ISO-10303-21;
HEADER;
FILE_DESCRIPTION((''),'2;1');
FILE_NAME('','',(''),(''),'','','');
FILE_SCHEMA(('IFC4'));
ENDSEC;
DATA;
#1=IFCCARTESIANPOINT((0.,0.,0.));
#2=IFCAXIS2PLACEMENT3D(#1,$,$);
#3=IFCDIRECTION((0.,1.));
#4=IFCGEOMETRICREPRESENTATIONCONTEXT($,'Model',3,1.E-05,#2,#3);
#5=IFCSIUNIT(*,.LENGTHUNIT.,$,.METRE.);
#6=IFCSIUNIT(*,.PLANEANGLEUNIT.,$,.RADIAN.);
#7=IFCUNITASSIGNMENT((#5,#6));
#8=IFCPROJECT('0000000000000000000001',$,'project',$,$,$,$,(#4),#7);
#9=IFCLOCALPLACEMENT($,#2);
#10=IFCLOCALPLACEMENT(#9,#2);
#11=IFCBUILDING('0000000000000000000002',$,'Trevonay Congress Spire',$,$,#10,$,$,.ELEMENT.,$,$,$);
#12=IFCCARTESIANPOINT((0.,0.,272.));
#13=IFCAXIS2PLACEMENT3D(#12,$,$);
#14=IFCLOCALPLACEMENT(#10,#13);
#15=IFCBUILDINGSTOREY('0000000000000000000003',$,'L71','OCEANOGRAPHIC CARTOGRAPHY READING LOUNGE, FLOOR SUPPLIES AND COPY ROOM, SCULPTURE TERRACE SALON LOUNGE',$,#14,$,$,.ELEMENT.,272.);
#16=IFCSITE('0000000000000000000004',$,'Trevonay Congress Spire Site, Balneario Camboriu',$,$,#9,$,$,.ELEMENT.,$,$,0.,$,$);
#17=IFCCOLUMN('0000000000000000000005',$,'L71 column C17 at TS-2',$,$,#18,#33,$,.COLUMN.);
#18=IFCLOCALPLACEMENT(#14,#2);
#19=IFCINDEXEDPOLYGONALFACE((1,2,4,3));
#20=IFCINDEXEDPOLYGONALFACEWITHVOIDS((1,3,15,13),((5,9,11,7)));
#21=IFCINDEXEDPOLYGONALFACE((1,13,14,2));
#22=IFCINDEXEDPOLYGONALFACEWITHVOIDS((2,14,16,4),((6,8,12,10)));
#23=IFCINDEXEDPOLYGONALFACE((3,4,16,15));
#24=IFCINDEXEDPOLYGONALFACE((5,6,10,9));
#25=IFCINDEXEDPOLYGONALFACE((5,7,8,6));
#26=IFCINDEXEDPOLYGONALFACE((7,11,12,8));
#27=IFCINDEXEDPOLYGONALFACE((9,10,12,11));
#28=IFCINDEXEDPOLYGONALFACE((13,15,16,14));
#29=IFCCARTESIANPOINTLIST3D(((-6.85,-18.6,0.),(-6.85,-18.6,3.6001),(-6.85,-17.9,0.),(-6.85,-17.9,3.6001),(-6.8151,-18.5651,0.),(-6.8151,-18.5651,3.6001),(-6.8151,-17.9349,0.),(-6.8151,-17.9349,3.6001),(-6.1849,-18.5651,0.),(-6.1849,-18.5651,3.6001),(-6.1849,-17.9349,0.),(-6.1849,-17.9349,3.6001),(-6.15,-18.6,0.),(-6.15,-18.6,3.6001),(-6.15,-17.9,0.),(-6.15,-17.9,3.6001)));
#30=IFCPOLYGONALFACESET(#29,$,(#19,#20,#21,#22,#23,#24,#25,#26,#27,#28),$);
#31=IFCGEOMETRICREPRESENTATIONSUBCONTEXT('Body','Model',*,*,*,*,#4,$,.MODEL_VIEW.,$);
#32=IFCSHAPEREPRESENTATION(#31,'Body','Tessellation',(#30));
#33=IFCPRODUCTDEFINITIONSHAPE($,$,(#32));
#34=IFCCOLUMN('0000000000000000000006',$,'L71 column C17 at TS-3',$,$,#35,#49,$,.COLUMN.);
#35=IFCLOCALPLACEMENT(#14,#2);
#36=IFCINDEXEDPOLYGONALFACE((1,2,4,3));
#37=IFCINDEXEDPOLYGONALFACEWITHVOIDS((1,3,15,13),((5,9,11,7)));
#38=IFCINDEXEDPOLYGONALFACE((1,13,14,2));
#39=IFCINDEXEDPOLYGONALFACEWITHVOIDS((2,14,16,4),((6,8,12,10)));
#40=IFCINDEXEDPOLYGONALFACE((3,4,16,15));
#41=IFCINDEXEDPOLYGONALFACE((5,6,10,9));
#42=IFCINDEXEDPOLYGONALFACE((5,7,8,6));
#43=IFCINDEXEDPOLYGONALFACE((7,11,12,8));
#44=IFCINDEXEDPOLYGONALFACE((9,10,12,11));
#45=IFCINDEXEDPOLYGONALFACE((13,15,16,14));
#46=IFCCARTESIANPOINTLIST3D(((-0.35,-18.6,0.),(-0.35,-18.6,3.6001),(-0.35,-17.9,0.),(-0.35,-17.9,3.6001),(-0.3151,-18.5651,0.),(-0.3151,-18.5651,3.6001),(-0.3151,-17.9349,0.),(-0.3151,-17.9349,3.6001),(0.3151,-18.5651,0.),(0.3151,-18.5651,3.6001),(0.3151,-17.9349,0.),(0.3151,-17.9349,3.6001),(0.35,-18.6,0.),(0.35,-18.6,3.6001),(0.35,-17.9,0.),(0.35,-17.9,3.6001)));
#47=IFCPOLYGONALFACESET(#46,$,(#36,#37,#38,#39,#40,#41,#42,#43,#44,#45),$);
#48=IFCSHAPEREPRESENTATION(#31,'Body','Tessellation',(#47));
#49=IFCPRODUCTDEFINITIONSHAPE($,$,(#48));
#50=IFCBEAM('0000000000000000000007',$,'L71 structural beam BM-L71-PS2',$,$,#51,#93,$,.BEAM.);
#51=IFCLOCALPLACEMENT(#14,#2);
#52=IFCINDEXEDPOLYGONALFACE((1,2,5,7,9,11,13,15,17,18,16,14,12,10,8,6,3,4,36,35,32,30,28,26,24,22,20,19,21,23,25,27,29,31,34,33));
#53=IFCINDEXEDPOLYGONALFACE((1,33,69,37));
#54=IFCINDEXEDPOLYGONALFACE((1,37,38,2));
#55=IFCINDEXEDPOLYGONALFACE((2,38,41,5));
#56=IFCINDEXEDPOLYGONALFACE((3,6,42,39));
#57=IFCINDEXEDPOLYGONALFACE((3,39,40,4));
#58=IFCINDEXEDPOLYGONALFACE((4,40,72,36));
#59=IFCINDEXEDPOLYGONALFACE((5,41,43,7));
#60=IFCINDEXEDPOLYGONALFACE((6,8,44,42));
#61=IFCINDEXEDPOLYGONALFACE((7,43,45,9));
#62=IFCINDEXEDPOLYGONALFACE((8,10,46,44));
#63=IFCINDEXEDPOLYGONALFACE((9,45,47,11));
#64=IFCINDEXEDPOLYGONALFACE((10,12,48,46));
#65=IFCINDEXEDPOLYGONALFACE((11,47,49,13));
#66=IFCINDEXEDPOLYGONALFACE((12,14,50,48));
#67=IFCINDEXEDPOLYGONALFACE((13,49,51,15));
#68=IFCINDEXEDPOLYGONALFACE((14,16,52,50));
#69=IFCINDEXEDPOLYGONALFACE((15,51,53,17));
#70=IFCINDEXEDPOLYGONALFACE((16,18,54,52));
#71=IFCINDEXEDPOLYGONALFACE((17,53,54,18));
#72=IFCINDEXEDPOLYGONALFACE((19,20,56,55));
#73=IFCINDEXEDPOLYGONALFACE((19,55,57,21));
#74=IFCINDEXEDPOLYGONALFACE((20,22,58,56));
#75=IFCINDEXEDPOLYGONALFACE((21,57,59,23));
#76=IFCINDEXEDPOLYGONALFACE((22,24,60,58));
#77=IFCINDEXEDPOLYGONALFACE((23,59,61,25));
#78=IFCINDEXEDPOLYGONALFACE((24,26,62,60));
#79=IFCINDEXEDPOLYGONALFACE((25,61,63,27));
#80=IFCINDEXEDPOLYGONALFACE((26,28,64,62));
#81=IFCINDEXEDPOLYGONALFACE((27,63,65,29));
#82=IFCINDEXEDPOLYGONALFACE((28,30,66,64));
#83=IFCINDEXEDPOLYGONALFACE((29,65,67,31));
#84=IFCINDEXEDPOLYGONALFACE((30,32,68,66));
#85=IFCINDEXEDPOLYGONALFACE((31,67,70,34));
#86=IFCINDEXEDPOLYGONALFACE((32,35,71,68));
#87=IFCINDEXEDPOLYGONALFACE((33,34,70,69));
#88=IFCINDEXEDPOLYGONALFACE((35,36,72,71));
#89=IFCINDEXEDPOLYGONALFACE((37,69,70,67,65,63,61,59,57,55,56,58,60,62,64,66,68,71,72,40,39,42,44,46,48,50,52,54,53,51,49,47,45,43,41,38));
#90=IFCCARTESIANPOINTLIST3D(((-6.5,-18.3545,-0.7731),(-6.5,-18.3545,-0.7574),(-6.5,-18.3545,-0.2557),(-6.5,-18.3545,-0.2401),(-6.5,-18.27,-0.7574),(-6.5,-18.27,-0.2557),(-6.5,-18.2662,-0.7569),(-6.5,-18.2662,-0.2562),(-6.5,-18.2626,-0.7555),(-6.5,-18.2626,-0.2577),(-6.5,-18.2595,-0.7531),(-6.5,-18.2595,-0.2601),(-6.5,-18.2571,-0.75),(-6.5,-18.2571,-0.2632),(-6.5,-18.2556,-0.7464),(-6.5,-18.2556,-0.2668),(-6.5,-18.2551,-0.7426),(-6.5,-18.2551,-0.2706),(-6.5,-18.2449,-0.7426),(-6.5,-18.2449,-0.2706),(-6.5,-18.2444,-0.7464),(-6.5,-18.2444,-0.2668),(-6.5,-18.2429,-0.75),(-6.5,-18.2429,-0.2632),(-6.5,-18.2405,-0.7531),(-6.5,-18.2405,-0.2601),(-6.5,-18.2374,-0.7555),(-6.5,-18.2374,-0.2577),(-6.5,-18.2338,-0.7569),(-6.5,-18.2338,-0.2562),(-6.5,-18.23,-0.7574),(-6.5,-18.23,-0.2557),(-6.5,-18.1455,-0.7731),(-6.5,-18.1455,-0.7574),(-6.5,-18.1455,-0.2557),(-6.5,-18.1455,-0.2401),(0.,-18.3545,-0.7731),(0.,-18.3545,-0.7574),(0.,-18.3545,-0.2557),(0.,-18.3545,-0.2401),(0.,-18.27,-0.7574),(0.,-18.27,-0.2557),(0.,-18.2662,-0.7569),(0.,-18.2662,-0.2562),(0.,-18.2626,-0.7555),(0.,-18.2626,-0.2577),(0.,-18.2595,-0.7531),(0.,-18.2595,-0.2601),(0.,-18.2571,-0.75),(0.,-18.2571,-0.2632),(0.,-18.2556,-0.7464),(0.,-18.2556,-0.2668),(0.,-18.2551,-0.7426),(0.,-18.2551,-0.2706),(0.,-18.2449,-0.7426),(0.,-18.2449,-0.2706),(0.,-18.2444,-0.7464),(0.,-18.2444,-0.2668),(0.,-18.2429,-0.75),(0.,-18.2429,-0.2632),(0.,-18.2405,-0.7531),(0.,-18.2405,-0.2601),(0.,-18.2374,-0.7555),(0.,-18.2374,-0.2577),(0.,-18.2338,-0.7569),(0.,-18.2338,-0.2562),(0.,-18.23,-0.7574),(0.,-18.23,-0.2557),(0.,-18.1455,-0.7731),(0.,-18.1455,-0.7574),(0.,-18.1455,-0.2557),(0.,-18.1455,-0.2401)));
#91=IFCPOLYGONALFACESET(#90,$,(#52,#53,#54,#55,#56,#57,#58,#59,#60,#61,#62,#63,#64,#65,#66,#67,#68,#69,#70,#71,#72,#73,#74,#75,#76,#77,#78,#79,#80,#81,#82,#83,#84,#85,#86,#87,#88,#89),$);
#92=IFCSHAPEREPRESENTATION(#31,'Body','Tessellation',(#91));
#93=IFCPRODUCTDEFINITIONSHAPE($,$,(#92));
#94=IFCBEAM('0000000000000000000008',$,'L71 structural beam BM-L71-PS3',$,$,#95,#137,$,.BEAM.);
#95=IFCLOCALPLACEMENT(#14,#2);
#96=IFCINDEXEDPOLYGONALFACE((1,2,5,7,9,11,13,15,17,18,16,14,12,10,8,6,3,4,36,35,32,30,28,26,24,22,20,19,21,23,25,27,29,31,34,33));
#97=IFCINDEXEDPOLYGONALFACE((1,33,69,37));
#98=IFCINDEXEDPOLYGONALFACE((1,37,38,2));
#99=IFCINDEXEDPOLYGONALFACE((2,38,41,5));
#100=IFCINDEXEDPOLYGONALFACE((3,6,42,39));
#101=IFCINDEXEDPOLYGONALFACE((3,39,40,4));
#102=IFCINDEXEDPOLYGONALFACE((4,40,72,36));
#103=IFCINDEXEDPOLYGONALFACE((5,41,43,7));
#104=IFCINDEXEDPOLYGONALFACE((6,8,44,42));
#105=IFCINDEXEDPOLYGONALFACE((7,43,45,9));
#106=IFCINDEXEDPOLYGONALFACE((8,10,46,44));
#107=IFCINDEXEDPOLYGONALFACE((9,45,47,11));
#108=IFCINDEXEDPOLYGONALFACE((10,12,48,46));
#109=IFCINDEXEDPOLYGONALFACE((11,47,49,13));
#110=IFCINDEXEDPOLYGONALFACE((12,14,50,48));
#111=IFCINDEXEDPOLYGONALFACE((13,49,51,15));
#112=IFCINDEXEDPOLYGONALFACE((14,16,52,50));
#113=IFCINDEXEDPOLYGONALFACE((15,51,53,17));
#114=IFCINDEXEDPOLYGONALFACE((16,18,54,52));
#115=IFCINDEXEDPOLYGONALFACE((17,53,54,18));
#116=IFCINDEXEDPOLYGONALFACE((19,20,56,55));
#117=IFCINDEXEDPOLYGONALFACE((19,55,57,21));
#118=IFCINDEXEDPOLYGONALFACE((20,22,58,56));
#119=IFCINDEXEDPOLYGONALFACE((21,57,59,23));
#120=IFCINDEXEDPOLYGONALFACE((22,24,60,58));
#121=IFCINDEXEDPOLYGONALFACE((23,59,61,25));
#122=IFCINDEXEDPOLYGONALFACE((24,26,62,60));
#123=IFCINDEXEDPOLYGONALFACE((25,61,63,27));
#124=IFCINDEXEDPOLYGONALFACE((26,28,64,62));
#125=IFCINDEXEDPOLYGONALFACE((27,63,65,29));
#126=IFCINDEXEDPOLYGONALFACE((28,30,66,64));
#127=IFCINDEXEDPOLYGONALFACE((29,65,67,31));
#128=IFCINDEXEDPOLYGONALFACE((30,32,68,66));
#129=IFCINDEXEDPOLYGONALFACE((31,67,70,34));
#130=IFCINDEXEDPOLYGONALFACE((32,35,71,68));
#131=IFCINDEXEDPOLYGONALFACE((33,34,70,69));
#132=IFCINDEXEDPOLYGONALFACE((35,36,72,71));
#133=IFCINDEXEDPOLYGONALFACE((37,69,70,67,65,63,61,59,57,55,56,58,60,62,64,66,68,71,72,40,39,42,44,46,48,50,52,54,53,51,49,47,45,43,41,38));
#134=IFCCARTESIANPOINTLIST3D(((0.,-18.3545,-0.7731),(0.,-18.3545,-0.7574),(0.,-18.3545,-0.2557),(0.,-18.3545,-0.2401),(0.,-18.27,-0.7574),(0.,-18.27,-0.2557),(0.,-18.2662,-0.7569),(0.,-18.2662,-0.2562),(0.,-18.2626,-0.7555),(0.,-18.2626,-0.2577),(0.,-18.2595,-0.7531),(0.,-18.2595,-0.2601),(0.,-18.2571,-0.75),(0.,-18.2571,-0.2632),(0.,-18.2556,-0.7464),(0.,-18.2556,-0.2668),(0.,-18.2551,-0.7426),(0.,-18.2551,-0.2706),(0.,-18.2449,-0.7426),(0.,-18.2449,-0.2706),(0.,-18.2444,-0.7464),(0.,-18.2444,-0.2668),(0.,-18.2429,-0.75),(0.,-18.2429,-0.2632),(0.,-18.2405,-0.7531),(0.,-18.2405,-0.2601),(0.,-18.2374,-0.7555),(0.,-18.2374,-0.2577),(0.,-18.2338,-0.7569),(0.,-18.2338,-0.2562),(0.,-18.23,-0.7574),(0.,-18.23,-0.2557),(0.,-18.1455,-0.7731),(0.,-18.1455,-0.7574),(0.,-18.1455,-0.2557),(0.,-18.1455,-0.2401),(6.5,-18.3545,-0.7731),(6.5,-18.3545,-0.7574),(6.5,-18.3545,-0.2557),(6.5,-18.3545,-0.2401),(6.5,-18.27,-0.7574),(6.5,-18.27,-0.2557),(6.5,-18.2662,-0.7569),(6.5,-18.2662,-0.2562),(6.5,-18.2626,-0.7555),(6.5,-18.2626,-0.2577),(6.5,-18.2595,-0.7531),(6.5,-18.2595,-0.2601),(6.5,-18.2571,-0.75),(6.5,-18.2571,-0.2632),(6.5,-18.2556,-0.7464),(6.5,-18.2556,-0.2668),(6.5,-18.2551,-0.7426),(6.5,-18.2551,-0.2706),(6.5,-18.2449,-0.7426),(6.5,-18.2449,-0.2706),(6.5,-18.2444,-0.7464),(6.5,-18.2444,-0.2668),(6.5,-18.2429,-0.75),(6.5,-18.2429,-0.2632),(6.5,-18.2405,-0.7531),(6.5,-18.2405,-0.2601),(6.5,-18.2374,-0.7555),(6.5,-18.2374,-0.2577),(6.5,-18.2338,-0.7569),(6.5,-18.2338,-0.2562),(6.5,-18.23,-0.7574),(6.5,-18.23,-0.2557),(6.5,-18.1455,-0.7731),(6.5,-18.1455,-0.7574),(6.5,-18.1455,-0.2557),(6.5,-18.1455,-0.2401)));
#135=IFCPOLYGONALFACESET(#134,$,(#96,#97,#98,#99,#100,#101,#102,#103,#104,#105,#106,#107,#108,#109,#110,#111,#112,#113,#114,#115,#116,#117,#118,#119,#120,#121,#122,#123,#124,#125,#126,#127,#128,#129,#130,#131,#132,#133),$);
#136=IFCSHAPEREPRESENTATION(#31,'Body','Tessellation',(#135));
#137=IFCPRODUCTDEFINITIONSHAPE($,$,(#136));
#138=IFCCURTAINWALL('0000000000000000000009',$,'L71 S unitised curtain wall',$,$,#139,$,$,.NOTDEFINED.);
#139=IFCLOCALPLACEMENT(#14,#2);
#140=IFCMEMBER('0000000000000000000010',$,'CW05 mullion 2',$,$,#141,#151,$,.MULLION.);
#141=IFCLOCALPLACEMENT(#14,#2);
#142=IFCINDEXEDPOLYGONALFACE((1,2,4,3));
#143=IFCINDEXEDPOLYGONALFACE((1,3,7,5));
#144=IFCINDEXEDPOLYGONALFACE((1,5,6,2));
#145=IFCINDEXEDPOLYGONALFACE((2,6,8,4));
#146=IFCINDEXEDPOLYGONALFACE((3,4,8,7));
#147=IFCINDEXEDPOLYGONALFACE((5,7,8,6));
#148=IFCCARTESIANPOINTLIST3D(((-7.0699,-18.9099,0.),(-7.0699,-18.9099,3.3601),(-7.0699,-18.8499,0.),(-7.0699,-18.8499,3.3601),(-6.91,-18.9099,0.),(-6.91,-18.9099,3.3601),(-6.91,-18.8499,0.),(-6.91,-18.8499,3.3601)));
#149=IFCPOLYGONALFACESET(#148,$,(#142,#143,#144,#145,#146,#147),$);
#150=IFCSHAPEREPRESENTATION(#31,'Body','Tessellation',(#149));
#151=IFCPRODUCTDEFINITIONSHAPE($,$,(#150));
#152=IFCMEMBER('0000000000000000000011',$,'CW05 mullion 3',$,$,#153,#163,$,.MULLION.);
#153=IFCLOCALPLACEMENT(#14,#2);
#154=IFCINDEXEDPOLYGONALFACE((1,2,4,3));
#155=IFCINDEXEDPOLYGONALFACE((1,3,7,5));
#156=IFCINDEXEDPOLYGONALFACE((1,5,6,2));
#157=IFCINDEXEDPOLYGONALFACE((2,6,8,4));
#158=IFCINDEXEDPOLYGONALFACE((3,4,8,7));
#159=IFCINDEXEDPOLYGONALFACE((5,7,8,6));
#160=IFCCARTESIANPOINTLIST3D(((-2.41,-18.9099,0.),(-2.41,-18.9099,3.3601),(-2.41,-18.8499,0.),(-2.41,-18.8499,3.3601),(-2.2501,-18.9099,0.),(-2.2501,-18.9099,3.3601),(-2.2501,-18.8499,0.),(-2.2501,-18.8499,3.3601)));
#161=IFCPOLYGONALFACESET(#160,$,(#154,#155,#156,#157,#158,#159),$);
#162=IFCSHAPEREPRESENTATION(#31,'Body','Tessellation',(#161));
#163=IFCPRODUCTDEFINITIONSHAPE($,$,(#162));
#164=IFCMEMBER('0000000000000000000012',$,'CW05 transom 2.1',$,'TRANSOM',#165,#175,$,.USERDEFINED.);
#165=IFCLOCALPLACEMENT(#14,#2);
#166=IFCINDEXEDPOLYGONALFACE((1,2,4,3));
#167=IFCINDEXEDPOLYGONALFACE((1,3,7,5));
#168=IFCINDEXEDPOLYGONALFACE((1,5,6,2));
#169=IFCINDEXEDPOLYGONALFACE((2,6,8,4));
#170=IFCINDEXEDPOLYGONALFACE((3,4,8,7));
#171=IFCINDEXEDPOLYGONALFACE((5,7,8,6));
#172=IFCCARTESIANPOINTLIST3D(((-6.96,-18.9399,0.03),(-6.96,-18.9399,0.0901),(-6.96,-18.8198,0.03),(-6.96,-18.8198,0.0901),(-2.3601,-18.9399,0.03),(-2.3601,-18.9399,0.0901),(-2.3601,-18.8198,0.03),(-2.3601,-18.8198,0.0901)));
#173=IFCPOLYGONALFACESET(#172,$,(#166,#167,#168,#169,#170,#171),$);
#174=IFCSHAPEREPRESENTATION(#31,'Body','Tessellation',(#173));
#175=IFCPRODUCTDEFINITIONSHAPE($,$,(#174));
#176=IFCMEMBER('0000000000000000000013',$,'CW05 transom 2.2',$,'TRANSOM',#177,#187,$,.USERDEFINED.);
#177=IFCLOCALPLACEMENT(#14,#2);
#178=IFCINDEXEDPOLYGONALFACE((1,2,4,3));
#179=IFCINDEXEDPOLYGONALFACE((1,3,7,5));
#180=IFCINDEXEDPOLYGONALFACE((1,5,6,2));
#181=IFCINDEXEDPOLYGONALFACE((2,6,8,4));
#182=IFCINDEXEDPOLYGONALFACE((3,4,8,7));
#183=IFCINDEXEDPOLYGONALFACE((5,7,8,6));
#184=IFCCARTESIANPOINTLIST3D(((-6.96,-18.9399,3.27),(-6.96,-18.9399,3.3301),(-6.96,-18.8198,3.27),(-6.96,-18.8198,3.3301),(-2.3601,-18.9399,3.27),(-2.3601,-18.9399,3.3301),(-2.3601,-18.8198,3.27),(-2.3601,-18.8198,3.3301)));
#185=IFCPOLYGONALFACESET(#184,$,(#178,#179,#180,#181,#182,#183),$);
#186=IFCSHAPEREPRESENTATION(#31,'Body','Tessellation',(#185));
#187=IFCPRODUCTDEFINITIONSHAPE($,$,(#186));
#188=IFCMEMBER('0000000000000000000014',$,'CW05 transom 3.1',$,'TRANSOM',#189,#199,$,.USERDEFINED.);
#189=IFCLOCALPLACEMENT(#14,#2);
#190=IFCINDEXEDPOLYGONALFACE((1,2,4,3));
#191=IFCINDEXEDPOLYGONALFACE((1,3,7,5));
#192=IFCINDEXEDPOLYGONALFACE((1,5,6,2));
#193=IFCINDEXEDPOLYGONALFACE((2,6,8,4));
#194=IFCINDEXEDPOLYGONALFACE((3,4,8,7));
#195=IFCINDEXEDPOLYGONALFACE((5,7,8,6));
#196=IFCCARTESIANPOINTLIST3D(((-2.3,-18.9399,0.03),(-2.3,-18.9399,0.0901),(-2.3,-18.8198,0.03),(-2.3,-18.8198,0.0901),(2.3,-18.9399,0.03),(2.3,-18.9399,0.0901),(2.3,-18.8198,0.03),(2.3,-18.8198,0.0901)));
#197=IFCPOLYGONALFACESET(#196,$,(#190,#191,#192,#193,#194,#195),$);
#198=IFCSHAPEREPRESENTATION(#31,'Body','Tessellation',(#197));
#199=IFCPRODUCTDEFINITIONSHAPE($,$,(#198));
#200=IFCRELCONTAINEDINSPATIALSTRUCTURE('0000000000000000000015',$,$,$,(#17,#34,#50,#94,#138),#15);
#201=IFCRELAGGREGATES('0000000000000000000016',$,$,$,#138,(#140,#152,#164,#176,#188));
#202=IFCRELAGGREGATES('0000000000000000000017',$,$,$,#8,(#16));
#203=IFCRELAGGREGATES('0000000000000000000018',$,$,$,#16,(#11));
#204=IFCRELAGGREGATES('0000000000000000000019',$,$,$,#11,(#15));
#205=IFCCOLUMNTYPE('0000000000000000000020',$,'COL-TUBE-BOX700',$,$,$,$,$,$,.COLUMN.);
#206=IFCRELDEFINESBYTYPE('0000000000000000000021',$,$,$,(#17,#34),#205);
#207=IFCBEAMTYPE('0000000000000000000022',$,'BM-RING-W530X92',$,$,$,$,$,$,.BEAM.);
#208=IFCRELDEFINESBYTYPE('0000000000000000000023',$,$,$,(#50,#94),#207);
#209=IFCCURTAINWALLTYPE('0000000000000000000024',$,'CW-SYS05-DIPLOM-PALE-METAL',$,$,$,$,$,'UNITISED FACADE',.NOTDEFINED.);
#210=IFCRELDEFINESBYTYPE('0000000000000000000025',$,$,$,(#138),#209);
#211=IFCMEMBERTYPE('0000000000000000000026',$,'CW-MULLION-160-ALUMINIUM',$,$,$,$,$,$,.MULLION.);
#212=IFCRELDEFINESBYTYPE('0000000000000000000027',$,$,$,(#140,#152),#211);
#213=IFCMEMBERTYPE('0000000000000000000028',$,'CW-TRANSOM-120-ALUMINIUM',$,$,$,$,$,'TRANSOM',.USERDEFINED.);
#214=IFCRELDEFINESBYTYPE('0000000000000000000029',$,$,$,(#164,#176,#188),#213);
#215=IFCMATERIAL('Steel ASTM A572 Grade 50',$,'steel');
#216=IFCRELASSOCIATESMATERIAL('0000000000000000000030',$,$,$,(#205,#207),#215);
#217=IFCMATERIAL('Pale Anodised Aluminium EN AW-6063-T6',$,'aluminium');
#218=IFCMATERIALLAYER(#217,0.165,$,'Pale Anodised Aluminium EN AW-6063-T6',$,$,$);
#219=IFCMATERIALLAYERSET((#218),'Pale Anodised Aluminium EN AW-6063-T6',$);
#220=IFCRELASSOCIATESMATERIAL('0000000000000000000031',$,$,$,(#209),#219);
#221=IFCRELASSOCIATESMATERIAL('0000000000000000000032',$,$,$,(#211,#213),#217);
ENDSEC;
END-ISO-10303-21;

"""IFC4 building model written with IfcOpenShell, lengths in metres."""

from ifc_helpers import new_model, si_unit, direction, frame, origin, origin_2d, place, context, subcontext, project, spatial, rectangle, hollow_rectangle, i_section, extrude, material, layer, layer_set, material_profile, profile_set, type_object, element, aggregate, save


model = new_model("IFC4")

# Units and contexts
model_context = context("Model", 3, precision=1e-05, world=origin(), true_north=direction((0.0, 1.0)))
body_context = subcontext(model_context, "Body", "Model", "MODEL_VIEW")
ifc_project = project(units=[si_unit("LENGTHUNIT", "METRE"), si_unit("PLANEANGLEUNIT", "RADIAN")], contexts=[model_context])

# Site, building, storey
site_placement = place(None, origin())
site = spatial("IfcSite", under=ifc_project, at=site_placement, Name="Trevonay Congress Spire Site, Balneario Camboriu", CompositionType="ELEMENT", RefElevation=0.0)
building_placement = place(site_placement, origin())
building = spatial("IfcBuilding", under=site, at=building_placement, Name="Trevonay Congress Spire", CompositionType="ELEMENT")
storey_placement = place(building_placement, frame((0.0, 0.0, 272.0)))
storey = spatial("IfcBuildingStorey", under=building, at=storey_placement, Name="L71", Description="OCEANOGRAPHIC CARTOGRAPHY READING LOUNGE, FLOOR SUPPLIES AND COPY ROOM, SCULPTURE TERRACE SALON LOUNGE", CompositionType="ELEMENT", Elevation=272.0)

# Columns
ifc_material_1 = material(Name="Steel ASTM A572 Grade 50", Category="steel")
ifc_material_profile_1 = material_profile(ifc_material_1, hollow_rectangle(XDim=0.7, YDim=0.7, WallThickness=0.0349, at=origin_2d()), Name="BOX 700x700x35")
ifc_profile_set_1 = profile_set([ifc_material_profile_1], Name="Steel ASTM A572 Grade 50")
column_type = type_object("IfcColumnType", Name="COL-TUBE-BOX700", PredefinedType="COLUMN", material=ifc_profile_set_1)
for number, where, z_axis, x_axis, name in (
    (1, (-6.5, -18.25, 0.0), (0.0, 0.0, 1.0), (1.0, 0.0, 0.0), "L71 column C17 at TS-2"),
    (2, (0.0, -18.25, 0.0), (0.0, 0.0, 1.0), (1.0, 0.0, 0.0), "L71 column C17 at TS-3"),
):
    element("IfcColumn", number, at=place(storey_placement, frame(where, z_axis=z_axis, x_axis=x_axis)), inside=storey, type_object=column_type, Name=name, PredefinedType="COLUMN", context=body_context, shape_type="SweptSolid", body=[
        extrude(hollow_rectangle(XDim=0.7, YDim=0.7, WallThickness=0.0349, at=origin_2d()), origin(), (0.0, 0.0, 1.0), 3.6001),
    ])

# Beams
ifc_material_profile_2 = material_profile(ifc_material_1, i_section(OverallWidth=0.209, OverallDepth=0.533, WebThickness=0.0103, FlangeThickness=0.0156, FilletRadius=0.0149, at=origin_2d()), Name="W530x92")
ifc_profile_set_2 = profile_set([ifc_material_profile_2], Name="Steel ASTM A572 Grade 50")
beam_type_1 = type_object("IfcBeamType", Name="BM-RING-W530X92", PredefinedType="BEAM", material=ifc_profile_set_2)
for number, where, z_axis, x_axis, name in (
    (3, (-6.5, -18.25, -0.5066), (1.0, 0.0, 0.0), (0.0, 1.0, 0.0), "L71 structural beam BM-L71-PS2"),
    (4, (0.0, -18.25, -0.5066), (1.0, 0.0, 0.0), (0.0, 1.0, 0.0), "L71 structural beam BM-L71-PS3"),
):
    element("IfcBeam", number, at=place(storey_placement, frame(where, z_axis=z_axis, x_axis=x_axis)), inside=storey, type_object=beam_type_1, Name=name, PredefinedType="BEAM", context=body_context, shape_type="SweptSolid", body=[
        extrude(i_section(OverallWidth=0.209, OverallDepth=0.533, WebThickness=0.0103, FlangeThickness=0.0156, FilletRadius=0.0149, at=origin_2d()), origin(), (0.0, 0.0, 1.0), 6.5),
    ])

# Curtain wall, members
ifc_material_2 = material(Name="Pale Anodised Aluminium EN AW-6063-T6", Category="aluminium")
ifc_layer_1 = layer(ifc_material_2, 0.165, Name="Pale Anodised Aluminium EN AW-6063-T6")
ifc_layer_set_1 = layer_set([ifc_layer_1], Name="Pale Anodised Aluminium EN AW-6063-T6")
curtain_wall_type = type_object("IfcCurtainWallType", Name="CW-SYS05-DIPLOM-PALE-METAL", ElementType="UNITISED FACADE", PredefinedType="NOTDEFINED", material=ifc_layer_set_1)
curtain_wall_placement = place(storey_placement, origin())
curtain_wall = element("IfcCurtainWall", 5, at=curtain_wall_placement, inside=storey, type_object=curtain_wall_type, Name="L71 S unitised curtain wall", PredefinedType="NOTDEFINED")
ifc_material_profile_3 = material_profile(ifc_material_2, rectangle(XDim=0.0601, YDim=0.1599, at=origin_2d()), Name="CW-MULLION-160-ALUMINIUM")
ifc_profile_set_3 = profile_set([ifc_material_profile_3], Name="Pale Anodised Aluminium EN AW-6063-T6")
member_type_1 = type_object("IfcMemberType", Name="CW-MULLION-160-ALUMINIUM", PredefinedType="MULLION", material=ifc_profile_set_3)
member_1_placement = place(storey_placement, frame((-6.99, -18.8799, 0.0), z_axis=(0.0, 0.0, 1.0), x_axis=(0.0, 1.0, 0.0)))
member_1 = element("IfcMember", 6, at=member_1_placement, type_object=member_type_1, Name="CW05 mullion 2", PredefinedType="MULLION", context=body_context, shape_type="SweptSolid", body=[
    extrude(rectangle(XDim=0.0601, YDim=0.1599, at=origin_2d()), origin(), (0.0, 0.0, 1.0), 3.3601),
])
member_2_placement = place(storey_placement, frame((-2.3301, -18.8799, 0.0), z_axis=(0.0, 0.0, 1.0), x_axis=(0.0, 1.0, 0.0)))
member_2 = element("IfcMember", 7, at=member_2_placement, type_object=member_type_1, Name="CW05 mullion 3", PredefinedType="MULLION", context=body_context, shape_type="SweptSolid", body=[
    extrude(rectangle(XDim=0.0601, YDim=0.1599, at=origin_2d()), origin(), (0.0, 0.0, 1.0), 3.3601),
])
ifc_material_profile_4 = material_profile(ifc_material_2, rectangle(XDim=0.1201, YDim=0.0601, at=origin_2d()), Name="CW-TRANSOM-120-ALUMINIUM")
ifc_profile_set_4 = profile_set([ifc_material_profile_4], Name="Pale Anodised Aluminium EN AW-6063-T6")
member_type_2 = type_object("IfcMemberType", Name="CW-TRANSOM-120-ALUMINIUM", ElementType="TRANSOM", PredefinedType="USERDEFINED", material=ifc_profile_set_4)
member_3_placement = place(storey_placement, frame((-6.96, -18.8799, 0.0601), z_axis=(1.0, 0.0, 0.0), x_axis=(0.0, 1.0, 0.0)))
member_3 = element("IfcMember", 8, at=member_3_placement, type_object=member_type_2, Name="CW05 transom 2.1", ObjectType="TRANSOM", PredefinedType="USERDEFINED", context=body_context, shape_type="SweptSolid", body=[
    extrude(rectangle(XDim=0.1201, YDim=0.0601, at=origin_2d()), origin(), (0.0, 0.0, 1.0), 4.5999),
])
member_4_placement = place(storey_placement, frame((-6.96, -18.8799, 3.3), z_axis=(1.0, 0.0, 0.0), x_axis=(0.0, 1.0, 0.0)))
member_4 = element("IfcMember", 9, at=member_4_placement, type_object=member_type_2, Name="CW05 transom 2.2", ObjectType="TRANSOM", PredefinedType="USERDEFINED", context=body_context, shape_type="SweptSolid", body=[
    extrude(rectangle(XDim=0.1201, YDim=0.0601, at=origin_2d()), origin(), (0.0, 0.0, 1.0), 4.5999),
])
member_5_placement = place(storey_placement, frame((-2.3, -18.8799, 0.0601), z_axis=(1.0, 0.0, 0.0), x_axis=(0.0, 1.0, 0.0)))
member_5 = element("IfcMember", 10, at=member_5_placement, type_object=member_type_2, Name="CW05 transom 3.1", ObjectType="TRANSOM", PredefinedType="USERDEFINED", context=body_context, shape_type="SweptSolid", body=[
    extrude(rectangle(XDim=0.1201, YDim=0.0601, at=origin_2d()), origin(), (0.0, 0.0, 1.0), 4.6001),
])

aggregate(curtain_wall, [member_1, member_2, member_3, member_4, member_5])

save(model, "model.ifc")
